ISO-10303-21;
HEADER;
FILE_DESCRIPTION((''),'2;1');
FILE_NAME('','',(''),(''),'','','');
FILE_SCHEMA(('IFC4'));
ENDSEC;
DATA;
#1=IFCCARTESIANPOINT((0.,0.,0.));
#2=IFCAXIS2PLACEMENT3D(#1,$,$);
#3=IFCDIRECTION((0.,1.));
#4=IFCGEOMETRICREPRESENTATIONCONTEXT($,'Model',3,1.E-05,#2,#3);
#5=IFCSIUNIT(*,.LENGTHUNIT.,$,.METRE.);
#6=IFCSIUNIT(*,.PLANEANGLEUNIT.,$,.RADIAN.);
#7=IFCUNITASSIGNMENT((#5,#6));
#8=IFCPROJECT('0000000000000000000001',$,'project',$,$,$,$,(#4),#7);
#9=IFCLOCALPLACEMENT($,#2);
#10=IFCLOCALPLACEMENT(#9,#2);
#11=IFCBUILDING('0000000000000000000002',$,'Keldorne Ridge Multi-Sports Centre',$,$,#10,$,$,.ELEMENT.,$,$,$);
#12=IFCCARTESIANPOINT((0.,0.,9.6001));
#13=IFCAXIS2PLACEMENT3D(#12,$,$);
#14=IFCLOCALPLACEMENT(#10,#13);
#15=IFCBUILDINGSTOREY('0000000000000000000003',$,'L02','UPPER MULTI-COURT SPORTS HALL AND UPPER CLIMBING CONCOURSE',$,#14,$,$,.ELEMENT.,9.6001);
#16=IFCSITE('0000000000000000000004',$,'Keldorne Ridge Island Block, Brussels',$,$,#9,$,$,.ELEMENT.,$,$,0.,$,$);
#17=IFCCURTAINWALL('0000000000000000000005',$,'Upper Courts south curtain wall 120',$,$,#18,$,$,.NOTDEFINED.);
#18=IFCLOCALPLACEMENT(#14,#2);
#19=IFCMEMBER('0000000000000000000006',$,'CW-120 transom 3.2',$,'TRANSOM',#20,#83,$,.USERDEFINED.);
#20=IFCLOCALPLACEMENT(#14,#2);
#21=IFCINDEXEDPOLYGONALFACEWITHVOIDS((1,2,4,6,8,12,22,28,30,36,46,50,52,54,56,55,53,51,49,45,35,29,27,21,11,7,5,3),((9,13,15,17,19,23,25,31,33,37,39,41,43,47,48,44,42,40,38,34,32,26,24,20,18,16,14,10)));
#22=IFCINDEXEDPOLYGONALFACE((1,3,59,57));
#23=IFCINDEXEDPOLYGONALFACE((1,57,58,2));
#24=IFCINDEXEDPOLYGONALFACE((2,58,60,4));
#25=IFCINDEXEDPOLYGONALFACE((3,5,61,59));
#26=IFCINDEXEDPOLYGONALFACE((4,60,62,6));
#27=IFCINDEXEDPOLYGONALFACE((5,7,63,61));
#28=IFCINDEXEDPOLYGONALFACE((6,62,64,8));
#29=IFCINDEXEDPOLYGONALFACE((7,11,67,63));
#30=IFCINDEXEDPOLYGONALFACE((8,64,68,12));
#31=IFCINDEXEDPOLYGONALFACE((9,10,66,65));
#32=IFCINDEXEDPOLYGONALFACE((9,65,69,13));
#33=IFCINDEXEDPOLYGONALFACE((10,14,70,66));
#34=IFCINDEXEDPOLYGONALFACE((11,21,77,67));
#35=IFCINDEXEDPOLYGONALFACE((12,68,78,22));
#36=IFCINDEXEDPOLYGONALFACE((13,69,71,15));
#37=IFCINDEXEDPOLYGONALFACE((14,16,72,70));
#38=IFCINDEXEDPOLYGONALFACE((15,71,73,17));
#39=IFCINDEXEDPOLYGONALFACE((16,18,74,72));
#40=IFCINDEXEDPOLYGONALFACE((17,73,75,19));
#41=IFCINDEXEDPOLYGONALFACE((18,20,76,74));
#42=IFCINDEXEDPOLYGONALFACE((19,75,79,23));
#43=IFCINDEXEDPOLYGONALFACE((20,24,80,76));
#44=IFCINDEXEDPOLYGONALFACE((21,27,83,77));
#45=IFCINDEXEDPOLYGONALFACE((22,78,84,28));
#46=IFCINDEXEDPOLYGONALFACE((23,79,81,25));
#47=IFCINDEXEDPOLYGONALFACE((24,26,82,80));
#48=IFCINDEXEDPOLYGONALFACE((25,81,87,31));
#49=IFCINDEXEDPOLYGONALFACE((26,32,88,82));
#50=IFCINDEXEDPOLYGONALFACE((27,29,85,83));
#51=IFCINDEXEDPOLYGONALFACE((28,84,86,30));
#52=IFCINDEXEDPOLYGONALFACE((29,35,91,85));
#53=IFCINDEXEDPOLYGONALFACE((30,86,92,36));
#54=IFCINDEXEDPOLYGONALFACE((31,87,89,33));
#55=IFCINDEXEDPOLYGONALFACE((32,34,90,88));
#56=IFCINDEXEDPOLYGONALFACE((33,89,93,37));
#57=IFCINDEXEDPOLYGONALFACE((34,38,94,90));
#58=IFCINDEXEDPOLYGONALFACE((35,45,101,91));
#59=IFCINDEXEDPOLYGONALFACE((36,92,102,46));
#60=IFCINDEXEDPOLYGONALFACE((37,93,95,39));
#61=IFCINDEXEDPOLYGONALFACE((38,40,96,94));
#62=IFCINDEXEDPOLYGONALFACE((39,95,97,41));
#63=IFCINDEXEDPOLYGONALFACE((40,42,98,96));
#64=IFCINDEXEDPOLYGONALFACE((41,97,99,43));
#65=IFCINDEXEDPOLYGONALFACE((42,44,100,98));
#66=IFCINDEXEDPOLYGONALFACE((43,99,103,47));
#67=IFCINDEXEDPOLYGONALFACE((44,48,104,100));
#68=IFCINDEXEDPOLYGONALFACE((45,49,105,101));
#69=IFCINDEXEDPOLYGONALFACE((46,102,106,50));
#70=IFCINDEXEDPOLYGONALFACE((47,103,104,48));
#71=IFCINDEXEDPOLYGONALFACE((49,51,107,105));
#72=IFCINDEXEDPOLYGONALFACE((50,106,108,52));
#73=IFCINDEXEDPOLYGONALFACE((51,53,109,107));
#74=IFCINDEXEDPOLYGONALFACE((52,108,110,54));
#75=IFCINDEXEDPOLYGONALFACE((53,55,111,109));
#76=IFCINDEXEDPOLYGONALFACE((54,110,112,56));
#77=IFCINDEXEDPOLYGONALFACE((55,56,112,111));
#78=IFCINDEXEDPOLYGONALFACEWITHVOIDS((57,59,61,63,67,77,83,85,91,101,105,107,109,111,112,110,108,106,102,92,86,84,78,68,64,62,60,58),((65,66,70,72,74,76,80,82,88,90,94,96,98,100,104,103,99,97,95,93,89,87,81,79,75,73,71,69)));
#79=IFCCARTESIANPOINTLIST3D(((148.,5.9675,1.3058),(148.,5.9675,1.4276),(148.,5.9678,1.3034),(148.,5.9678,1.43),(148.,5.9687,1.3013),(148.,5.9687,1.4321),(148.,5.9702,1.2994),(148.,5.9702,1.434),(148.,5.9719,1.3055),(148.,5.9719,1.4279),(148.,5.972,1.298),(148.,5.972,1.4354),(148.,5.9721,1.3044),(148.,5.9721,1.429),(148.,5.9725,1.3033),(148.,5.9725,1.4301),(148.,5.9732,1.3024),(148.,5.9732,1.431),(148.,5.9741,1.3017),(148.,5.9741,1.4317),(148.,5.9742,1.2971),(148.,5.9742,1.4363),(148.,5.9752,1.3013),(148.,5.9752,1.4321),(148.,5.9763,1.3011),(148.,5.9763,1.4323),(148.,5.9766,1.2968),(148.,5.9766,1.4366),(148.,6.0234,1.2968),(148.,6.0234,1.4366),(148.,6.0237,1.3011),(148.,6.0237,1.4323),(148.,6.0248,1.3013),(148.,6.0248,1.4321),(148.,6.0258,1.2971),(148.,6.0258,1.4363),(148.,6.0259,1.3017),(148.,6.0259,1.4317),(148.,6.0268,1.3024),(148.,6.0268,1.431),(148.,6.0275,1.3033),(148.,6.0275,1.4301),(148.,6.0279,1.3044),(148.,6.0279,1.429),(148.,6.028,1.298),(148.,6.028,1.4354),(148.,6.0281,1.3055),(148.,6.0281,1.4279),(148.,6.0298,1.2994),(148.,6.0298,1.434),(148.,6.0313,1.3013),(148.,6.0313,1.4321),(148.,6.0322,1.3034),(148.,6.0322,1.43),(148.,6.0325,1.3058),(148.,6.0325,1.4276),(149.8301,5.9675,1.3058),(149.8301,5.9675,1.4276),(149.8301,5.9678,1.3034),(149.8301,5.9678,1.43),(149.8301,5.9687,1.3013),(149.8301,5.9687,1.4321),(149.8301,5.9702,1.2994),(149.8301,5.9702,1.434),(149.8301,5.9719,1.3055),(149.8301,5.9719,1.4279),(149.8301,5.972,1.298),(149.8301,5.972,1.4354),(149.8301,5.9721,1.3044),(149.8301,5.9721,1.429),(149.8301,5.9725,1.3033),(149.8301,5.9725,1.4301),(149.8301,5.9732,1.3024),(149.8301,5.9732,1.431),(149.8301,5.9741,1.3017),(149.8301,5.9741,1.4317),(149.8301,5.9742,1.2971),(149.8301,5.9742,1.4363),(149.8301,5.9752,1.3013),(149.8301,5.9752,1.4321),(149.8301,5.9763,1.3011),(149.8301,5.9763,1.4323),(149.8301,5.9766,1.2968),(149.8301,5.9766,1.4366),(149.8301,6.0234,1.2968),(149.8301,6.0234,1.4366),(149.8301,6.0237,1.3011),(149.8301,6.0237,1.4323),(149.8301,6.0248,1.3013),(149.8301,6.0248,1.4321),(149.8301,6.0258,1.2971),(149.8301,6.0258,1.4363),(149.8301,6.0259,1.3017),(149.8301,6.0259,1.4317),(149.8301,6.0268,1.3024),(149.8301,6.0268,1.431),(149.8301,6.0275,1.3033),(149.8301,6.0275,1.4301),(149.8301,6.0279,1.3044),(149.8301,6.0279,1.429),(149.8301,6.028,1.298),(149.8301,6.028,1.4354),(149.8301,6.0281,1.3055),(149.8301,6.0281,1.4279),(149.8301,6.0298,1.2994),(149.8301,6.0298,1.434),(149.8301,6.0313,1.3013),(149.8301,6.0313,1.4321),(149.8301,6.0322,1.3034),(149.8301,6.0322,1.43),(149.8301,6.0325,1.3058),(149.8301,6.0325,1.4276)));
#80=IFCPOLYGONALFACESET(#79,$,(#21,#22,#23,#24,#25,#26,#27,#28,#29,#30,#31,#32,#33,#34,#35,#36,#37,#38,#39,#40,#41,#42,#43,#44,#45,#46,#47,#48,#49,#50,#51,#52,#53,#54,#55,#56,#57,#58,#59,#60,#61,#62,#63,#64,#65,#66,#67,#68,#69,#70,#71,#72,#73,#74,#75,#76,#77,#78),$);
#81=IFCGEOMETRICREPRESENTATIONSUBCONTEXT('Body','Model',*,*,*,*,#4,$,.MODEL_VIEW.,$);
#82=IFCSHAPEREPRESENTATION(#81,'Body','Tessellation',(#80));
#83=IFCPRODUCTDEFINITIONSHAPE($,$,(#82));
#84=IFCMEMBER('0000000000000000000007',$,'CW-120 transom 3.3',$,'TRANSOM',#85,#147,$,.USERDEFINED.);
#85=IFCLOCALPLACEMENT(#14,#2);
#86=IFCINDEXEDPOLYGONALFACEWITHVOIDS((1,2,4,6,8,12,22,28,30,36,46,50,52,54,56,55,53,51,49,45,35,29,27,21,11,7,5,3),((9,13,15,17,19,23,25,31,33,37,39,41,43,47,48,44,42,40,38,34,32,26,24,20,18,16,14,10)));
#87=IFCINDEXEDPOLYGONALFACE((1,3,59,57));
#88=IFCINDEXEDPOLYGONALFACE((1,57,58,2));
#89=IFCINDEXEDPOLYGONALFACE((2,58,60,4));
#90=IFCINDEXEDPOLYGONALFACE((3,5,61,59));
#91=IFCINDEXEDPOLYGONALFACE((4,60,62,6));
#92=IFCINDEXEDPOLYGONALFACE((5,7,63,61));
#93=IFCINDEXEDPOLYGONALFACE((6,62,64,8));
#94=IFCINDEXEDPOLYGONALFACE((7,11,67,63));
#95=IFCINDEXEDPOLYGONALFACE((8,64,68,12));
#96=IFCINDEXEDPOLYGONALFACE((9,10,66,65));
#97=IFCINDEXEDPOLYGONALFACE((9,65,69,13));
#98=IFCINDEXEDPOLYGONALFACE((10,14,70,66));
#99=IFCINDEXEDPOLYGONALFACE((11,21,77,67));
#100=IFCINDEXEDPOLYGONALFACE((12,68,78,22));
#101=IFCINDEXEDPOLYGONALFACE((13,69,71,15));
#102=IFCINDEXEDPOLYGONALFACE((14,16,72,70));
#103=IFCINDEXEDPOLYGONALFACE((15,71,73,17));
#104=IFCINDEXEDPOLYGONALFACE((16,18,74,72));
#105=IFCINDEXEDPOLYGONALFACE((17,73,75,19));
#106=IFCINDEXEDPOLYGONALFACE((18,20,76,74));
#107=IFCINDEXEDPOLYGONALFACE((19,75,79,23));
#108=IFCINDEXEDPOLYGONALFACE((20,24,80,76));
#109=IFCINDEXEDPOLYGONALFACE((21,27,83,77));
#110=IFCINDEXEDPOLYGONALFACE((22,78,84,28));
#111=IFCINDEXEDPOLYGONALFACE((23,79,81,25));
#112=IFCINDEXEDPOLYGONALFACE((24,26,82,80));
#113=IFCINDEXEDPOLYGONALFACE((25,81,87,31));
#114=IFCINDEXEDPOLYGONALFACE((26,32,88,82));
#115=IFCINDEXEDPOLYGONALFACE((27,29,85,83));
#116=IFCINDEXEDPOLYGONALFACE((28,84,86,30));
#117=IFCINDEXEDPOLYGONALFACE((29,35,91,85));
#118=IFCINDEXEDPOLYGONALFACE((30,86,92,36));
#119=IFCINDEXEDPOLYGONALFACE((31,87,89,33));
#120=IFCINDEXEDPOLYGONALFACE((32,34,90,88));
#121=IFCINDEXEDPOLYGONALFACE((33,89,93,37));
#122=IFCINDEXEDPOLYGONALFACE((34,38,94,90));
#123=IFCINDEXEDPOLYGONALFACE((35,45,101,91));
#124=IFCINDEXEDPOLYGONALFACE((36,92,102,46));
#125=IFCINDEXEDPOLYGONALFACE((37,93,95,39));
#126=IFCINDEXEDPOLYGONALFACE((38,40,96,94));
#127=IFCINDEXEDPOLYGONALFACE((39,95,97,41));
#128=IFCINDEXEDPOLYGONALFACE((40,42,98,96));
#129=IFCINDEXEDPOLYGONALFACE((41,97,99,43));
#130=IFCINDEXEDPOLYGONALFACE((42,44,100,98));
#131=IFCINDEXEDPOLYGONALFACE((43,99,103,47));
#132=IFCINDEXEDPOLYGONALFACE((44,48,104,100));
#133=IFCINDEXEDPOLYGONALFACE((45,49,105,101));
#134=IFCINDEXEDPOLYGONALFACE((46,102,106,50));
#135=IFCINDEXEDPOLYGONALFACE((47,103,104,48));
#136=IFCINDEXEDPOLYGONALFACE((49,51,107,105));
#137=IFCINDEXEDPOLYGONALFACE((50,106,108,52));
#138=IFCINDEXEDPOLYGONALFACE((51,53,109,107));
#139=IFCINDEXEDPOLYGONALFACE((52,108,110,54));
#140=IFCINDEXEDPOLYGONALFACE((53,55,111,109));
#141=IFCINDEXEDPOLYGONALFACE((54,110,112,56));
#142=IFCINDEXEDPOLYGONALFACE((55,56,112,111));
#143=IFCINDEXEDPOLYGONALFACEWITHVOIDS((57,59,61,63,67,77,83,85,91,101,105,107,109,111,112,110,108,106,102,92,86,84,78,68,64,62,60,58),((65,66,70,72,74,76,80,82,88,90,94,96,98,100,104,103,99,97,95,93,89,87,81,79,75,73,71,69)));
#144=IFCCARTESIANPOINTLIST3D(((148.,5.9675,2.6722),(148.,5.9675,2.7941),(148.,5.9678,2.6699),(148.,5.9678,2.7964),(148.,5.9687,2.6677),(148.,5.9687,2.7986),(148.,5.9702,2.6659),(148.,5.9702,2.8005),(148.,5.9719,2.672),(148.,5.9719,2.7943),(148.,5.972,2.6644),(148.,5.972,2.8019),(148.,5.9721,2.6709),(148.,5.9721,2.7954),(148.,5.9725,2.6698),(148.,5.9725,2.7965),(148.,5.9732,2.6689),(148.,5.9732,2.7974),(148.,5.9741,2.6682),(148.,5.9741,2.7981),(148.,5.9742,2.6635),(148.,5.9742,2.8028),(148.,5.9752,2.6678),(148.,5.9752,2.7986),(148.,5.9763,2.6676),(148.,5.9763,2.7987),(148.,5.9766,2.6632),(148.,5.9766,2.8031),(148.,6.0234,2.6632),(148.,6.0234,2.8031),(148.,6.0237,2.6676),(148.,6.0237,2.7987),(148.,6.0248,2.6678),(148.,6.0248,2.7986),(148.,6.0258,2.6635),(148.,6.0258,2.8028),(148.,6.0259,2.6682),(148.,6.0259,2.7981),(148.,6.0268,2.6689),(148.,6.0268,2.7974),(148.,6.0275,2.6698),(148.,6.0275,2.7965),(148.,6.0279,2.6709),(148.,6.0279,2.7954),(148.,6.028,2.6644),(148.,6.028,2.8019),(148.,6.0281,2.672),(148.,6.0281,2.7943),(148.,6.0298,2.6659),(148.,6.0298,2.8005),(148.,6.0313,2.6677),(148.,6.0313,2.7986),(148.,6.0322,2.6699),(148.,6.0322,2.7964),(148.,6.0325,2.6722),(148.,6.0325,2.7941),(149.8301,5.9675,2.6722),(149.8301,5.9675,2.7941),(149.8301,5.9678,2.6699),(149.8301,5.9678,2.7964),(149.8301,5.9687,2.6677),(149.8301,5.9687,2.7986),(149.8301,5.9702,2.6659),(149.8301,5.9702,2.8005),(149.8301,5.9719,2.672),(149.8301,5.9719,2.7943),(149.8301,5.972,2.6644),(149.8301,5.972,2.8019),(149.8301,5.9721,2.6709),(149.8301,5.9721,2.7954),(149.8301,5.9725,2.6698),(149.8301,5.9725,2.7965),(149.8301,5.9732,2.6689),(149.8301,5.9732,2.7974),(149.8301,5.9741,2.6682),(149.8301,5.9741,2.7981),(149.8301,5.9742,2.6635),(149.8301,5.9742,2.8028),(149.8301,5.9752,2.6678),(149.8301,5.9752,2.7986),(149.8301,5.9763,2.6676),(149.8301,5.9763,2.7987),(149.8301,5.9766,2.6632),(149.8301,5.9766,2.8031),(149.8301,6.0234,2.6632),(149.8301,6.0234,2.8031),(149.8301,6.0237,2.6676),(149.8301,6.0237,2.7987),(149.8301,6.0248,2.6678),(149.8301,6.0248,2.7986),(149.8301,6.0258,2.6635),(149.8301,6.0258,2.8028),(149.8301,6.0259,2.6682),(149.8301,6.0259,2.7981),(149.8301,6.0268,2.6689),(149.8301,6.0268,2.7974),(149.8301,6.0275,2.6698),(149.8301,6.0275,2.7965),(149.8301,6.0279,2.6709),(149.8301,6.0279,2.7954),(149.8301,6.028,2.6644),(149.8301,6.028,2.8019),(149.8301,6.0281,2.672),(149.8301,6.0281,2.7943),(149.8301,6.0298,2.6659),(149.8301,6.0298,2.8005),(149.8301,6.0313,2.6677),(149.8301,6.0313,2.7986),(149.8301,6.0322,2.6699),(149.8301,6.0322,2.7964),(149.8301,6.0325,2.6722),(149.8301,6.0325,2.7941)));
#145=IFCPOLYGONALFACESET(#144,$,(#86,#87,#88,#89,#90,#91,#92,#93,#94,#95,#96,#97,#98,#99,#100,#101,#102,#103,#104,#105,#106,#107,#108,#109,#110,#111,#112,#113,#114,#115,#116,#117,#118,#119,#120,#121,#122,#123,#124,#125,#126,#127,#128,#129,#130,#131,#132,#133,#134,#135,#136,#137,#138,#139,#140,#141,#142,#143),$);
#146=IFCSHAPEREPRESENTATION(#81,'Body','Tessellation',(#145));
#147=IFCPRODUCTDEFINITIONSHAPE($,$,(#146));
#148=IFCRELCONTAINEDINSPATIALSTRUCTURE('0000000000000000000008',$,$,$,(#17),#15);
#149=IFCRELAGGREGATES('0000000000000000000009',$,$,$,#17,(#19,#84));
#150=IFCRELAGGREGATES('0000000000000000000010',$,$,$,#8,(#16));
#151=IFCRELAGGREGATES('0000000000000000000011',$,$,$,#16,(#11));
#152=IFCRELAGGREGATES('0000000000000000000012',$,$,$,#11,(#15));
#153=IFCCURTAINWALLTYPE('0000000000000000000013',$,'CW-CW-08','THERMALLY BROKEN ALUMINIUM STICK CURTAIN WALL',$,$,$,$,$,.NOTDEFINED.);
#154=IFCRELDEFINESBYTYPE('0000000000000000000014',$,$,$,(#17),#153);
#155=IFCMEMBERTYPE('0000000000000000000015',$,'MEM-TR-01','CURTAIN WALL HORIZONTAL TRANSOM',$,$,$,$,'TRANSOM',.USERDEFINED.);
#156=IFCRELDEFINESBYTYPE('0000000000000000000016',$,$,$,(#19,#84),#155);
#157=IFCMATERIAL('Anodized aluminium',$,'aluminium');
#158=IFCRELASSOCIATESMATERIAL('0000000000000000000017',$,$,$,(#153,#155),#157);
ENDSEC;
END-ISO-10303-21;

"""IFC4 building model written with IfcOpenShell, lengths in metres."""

from ifc_helpers import new_model, si_unit, direction, frame, origin, origin_2d, place, context, subcontext, project, spatial, hollow_rectangle, extrude, material, material_profile, profile_set, type_object, element, aggregate, save


model = new_model("IFC4")

# Units and contexts
model_context = context("Model", 3, precision=1e-05, world=origin(), true_north=direction((0.0, 1.0)))
body_context = subcontext(model_context, "Body", "Model", "MODEL_VIEW")
ifc_project = project(units=[si_unit("LENGTHUNIT", "METRE"), si_unit("PLANEANGLEUNIT", "RADIAN")], contexts=[model_context])

# Site, building, storey
site_placement = place(None, origin())
site = spatial("IfcSite", under=ifc_project, at=site_placement, Name="Keldorne Ridge Island Block, Brussels", CompositionType="ELEMENT", RefElevation=0.0)
building_placement = place(site_placement, origin())
building = spatial("IfcBuilding", under=site, at=building_placement, Name="Keldorne Ridge Multi-Sports Centre", CompositionType="ELEMENT")
storey_placement = place(building_placement, frame((0.0, 0.0, 9.6001)))
storey = spatial("IfcBuildingStorey", under=building, at=storey_placement, Name="L02", Description="UPPER MULTI-COURT SPORTS HALL AND UPPER CLIMBING CONCOURSE", CompositionType="ELEMENT", Elevation=9.6001)

# Curtain wall
ifc_material_1 = material(Name="Anodized aluminium", Category="aluminium")
curtain_wall_type_1 = type_object("IfcCurtainWallType", Name="CW-CW-08", Description="THERMALLY BROKEN ALUMINIUM STICK CURTAIN WALL", PredefinedType="NOTDEFINED", material=ifc_material_1)
curtain_wall_1_placement = place(storey_placement, origin())
curtain_wall_1 = element("IfcCurtainWall", 1, at=curtain_wall_1_placement, inside=storey, type_object=curtain_wall_type_1, Name="Upper Courts south curtain wall 120", PredefinedType="NOTDEFINED")

# Members
ifc_material_profile_1 = material_profile(ifc_material_1, hollow_rectangle(XDim=0.0649, YDim=0.1399, WallThickness=0.0044, InnerFilletRadius=0.0044, OuterFilletRadius=0.009, at=origin_2d()), Name="ALU TRANSOM 140x65x4.5")
ifc_profile_set_1 = profile_set([ifc_material_profile_1], Name="Anodized aluminium")
member_type_1 = type_object("IfcMemberType", Name="MEM-TR-01", Description="CURTAIN WALL HORIZONTAL TRANSOM", ElementType="TRANSOM", PredefinedType="USERDEFINED", material=ifc_profile_set_1)
member_1_placement = place(storey_placement, frame((148.0, 6.0, 1.3667), z_axis=(1.0, 0.0, 0.0), x_axis=(0.0, 1.0, 0.0)))
member_1 = element("IfcMember", 2, at=member_1_placement, type_object=member_type_1, Name="CW-120 transom 3.2", ObjectType="TRANSOM", PredefinedType="USERDEFINED", context=body_context, shape_type="SweptSolid", body=[
    extrude(hollow_rectangle(XDim=0.0649, YDim=0.1399, WallThickness=0.0044, InnerFilletRadius=0.0044, OuterFilletRadius=0.009, at=origin_2d()), origin(), (0.0, 0.0, 1.0), 1.8301),
])
member_2_placement = place(storey_placement, frame((148.0, 6.0, 2.7332), z_axis=(1.0, 0.0, 0.0), x_axis=(0.0, 1.0, 0.0)))
member_2 = element("IfcMember", 3, at=member_2_placement, type_object=member_type_1, Name="CW-120 transom 3.3", ObjectType="TRANSOM", PredefinedType="USERDEFINED", context=body_context, shape_type="SweptSolid", body=[
    extrude(hollow_rectangle(XDim=0.0649, YDim=0.1399, WallThickness=0.0044, InnerFilletRadius=0.0044, OuterFilletRadius=0.009, at=origin_2d()), origin(), (0.0, 0.0, 1.0), 1.8301),
])

aggregate(curtain_wall_1, [member_1, member_2])

save(model, "model.ifc")
